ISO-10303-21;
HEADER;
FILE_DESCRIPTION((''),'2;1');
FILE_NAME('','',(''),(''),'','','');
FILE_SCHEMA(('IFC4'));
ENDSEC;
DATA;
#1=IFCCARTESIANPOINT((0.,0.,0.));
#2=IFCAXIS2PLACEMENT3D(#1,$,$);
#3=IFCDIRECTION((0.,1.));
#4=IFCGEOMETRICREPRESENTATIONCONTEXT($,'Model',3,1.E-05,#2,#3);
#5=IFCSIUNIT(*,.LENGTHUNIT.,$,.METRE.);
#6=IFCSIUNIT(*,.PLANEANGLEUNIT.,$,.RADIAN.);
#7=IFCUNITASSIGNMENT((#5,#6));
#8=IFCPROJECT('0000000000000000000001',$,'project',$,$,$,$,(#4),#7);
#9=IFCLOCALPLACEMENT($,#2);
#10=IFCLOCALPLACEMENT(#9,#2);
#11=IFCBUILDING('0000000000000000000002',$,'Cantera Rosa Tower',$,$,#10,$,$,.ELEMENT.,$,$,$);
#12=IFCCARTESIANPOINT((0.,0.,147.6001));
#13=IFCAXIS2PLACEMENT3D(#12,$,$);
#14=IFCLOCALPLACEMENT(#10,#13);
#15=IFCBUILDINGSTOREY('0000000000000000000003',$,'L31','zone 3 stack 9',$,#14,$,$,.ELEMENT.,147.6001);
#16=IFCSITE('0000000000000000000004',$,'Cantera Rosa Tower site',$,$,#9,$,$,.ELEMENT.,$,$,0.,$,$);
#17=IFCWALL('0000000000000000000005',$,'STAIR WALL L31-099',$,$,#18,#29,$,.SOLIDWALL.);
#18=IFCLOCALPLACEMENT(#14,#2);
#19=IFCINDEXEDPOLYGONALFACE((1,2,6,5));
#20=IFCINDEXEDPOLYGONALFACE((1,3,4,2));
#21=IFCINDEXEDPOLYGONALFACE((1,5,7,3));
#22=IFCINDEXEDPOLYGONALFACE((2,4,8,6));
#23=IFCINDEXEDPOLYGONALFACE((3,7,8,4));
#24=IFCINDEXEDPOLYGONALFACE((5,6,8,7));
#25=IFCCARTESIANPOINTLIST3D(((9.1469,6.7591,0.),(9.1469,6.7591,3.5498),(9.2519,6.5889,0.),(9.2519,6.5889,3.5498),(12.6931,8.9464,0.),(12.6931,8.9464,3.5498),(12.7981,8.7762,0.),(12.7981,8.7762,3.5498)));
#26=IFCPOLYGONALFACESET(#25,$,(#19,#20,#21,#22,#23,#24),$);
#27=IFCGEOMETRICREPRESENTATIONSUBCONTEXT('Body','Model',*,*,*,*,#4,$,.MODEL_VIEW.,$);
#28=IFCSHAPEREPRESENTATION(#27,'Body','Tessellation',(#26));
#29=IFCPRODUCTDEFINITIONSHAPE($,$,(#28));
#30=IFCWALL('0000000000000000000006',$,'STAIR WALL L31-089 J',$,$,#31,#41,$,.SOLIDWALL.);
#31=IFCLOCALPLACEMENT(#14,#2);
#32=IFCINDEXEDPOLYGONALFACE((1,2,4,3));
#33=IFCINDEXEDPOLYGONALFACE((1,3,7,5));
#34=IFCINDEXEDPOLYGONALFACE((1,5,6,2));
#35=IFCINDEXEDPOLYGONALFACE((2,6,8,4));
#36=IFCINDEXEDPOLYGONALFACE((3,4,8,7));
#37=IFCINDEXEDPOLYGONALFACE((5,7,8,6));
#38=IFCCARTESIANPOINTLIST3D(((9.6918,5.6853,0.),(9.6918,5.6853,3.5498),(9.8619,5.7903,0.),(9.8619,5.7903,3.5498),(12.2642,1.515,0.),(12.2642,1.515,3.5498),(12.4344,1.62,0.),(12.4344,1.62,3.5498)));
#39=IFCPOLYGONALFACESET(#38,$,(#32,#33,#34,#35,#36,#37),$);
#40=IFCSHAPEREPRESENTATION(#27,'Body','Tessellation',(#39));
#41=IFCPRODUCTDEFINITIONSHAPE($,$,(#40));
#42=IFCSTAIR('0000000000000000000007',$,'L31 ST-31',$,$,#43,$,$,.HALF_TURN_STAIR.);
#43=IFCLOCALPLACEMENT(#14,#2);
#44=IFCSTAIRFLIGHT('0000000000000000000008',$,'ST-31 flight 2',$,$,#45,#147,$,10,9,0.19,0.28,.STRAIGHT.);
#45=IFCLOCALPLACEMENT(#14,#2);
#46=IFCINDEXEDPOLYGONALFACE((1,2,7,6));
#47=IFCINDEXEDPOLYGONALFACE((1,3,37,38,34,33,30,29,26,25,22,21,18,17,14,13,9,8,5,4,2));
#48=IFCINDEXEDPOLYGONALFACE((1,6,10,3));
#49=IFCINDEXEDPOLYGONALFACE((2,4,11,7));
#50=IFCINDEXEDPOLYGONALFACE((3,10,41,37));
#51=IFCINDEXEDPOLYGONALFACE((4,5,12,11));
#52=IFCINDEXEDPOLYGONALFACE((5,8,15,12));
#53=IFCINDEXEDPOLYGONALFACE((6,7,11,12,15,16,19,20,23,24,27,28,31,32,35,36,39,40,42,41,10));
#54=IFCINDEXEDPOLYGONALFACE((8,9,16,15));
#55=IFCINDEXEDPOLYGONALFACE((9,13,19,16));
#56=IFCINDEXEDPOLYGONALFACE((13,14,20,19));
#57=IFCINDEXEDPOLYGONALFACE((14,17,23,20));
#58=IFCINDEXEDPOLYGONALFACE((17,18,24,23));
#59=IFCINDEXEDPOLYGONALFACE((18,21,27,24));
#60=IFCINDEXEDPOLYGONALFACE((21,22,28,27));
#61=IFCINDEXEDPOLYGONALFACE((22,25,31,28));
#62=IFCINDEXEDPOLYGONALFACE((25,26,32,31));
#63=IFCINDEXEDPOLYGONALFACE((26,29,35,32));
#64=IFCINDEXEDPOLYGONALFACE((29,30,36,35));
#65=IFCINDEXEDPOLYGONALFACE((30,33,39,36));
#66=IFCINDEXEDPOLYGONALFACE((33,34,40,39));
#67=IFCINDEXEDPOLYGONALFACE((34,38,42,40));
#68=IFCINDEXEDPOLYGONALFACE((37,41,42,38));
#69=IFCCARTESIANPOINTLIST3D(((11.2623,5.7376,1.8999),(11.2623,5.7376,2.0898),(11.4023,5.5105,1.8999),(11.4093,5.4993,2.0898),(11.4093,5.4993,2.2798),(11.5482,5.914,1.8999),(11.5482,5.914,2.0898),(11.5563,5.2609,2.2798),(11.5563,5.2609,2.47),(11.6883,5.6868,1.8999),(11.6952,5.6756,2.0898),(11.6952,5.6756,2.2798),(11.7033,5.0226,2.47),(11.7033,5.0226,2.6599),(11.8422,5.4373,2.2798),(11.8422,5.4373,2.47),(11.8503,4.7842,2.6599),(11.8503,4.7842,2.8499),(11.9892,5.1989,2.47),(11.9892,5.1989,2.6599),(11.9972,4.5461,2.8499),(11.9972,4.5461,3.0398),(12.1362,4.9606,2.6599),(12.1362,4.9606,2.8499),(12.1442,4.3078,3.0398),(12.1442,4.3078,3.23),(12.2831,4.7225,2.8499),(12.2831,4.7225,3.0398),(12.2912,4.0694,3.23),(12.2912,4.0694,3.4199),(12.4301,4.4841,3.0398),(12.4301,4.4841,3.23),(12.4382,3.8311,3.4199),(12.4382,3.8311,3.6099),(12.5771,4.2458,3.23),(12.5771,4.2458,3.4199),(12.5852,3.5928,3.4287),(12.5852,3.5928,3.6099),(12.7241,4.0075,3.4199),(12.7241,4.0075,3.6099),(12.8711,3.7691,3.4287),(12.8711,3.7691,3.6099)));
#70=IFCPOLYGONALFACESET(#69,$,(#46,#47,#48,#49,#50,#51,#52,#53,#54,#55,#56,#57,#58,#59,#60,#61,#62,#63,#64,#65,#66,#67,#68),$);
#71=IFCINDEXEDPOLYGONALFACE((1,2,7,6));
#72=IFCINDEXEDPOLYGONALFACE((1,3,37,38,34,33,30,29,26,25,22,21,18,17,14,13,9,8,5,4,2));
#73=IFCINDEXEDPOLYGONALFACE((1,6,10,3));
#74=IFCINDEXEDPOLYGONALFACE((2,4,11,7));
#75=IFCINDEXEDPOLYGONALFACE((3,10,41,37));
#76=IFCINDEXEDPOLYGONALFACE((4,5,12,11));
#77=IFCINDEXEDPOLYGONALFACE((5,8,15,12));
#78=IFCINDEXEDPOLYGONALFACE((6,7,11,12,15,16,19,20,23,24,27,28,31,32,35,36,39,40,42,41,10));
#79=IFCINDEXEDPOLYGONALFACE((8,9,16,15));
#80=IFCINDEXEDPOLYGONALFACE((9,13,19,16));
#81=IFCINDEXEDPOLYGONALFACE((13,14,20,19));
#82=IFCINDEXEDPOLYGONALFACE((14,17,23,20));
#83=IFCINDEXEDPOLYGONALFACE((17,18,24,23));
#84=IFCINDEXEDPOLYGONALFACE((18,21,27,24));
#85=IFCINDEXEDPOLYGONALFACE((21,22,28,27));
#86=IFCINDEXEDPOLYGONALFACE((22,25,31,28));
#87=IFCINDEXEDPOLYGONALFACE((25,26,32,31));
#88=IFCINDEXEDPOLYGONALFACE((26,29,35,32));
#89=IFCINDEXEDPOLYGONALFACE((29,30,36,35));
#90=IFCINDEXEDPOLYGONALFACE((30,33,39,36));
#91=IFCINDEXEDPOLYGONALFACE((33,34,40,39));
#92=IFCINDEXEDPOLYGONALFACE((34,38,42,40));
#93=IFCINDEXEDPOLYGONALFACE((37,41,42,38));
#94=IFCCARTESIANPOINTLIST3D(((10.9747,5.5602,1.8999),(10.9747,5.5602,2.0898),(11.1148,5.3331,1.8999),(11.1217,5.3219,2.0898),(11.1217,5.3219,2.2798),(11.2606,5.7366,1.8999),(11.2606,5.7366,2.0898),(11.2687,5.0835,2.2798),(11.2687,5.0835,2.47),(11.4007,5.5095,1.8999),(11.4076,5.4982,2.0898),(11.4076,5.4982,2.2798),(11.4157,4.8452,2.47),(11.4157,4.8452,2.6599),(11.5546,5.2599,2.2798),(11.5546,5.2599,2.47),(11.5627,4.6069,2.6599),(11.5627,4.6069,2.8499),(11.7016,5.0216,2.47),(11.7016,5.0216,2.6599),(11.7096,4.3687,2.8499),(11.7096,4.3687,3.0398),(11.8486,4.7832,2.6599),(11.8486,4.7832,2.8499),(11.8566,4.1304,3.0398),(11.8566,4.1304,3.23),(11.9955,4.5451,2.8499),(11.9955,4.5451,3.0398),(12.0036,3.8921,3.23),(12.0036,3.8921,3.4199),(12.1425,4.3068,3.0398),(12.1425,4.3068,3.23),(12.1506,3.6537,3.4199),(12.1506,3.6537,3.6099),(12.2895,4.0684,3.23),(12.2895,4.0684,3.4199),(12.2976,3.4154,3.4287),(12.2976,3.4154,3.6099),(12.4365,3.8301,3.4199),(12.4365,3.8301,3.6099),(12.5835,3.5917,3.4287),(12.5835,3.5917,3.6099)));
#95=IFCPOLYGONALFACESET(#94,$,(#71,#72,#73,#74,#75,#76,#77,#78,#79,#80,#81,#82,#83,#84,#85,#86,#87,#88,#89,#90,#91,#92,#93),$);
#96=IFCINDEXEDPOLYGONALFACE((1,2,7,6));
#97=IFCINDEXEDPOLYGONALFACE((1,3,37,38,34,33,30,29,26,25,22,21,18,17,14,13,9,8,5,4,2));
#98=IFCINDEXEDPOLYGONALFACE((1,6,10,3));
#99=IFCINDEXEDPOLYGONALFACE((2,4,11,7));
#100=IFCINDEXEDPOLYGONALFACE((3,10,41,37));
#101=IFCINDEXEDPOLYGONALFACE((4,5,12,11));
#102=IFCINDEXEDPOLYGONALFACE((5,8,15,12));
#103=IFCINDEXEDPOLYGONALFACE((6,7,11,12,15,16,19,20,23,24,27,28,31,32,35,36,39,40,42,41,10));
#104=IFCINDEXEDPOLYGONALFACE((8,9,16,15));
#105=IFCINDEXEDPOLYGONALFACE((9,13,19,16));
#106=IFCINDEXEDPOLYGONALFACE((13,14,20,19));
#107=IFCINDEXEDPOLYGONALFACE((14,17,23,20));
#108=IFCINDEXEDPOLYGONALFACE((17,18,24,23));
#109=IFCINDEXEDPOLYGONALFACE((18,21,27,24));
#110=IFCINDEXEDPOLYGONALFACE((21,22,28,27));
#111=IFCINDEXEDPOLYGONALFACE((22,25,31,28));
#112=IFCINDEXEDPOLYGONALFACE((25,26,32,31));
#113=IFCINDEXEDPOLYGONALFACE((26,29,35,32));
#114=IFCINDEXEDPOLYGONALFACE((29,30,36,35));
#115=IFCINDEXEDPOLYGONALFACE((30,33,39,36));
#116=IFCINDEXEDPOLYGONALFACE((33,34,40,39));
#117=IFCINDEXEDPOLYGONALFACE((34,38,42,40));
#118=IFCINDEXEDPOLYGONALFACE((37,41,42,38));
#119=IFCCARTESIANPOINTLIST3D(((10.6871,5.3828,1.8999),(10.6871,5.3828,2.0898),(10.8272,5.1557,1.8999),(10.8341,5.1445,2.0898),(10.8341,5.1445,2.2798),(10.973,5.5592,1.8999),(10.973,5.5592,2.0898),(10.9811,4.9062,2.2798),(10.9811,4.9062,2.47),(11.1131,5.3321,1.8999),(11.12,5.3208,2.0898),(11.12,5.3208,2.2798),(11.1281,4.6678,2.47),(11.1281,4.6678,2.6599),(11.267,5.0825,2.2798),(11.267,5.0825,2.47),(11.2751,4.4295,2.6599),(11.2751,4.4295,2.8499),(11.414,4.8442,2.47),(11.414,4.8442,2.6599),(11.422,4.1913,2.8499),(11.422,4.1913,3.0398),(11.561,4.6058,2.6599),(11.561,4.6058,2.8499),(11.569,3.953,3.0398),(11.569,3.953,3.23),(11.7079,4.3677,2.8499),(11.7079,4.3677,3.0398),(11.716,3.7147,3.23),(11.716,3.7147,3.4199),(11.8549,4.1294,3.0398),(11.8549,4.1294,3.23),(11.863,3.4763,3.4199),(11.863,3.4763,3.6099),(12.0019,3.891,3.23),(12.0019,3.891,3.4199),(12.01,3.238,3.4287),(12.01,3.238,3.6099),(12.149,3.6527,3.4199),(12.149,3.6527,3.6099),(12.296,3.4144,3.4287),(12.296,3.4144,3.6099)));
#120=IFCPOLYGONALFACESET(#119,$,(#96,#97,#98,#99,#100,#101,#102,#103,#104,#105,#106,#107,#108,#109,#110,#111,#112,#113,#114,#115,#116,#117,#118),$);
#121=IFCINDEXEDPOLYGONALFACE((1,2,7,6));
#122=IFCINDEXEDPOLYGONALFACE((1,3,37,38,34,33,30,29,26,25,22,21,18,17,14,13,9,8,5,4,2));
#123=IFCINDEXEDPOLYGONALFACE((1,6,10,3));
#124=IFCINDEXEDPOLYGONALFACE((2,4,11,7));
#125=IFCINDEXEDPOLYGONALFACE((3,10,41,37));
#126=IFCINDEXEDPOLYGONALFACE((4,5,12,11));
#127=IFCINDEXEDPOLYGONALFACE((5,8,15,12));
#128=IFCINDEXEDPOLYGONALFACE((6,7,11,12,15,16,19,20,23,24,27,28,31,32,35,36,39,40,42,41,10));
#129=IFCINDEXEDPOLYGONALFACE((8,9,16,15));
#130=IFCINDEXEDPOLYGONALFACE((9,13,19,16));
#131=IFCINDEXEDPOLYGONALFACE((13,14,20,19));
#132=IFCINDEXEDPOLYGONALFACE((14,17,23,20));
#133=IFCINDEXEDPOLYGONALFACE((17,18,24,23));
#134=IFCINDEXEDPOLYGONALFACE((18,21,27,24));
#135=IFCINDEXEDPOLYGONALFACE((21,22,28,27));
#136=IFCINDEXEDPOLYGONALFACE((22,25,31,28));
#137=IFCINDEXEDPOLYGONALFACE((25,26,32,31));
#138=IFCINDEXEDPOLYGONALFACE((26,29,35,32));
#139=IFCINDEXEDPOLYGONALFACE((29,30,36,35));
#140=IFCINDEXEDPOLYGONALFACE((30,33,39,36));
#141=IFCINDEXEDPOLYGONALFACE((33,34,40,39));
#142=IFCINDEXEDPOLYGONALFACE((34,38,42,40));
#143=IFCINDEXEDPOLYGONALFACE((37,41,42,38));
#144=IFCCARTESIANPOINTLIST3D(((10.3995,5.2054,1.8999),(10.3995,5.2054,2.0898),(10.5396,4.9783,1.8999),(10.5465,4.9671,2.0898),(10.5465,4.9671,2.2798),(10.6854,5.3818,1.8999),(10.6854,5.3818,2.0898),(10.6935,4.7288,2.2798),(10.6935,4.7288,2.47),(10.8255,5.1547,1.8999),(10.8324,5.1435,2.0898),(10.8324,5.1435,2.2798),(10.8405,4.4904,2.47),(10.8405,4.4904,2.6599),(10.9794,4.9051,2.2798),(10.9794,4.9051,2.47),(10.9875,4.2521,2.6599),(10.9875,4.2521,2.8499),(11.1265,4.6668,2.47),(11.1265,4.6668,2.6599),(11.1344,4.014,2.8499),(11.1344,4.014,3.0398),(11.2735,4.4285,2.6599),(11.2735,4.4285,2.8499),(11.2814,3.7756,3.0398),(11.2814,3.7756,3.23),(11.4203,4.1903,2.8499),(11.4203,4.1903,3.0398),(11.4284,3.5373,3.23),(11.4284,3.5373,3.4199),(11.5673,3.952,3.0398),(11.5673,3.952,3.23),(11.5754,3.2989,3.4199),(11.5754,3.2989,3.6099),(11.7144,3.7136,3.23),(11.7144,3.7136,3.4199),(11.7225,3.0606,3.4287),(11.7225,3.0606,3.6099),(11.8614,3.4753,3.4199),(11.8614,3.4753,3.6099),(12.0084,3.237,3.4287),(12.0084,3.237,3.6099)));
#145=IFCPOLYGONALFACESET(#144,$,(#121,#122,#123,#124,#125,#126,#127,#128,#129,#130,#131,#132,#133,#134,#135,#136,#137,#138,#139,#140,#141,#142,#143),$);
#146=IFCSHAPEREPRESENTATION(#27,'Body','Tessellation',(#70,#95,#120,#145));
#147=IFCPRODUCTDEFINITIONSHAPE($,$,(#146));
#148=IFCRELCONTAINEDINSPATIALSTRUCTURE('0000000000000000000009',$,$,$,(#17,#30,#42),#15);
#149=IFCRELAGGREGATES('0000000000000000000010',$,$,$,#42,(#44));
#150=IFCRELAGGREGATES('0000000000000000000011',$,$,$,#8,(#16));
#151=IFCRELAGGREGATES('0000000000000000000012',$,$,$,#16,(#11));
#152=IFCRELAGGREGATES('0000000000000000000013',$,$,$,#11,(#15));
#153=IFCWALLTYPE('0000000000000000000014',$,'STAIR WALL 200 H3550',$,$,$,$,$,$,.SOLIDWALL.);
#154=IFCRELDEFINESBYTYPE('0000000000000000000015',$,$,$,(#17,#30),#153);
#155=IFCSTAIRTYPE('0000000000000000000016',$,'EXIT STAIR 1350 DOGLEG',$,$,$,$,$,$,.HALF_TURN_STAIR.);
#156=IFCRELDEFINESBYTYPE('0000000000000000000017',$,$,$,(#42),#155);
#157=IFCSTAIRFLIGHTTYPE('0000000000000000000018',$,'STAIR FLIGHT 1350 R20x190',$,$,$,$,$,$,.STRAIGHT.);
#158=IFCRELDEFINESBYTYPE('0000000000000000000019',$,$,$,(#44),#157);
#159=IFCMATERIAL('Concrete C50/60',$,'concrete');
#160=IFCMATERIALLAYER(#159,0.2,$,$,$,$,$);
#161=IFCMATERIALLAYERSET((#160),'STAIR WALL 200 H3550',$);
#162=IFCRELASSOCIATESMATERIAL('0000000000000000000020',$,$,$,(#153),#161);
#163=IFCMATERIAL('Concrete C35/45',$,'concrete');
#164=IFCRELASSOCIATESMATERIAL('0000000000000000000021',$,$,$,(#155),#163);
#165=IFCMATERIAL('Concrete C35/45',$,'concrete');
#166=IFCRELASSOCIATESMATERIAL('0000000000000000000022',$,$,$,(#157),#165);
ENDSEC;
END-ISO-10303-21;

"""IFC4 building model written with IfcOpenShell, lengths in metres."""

from ifc_helpers import new_model, si_unit, direction, frame, frame_2d, origin, place, context, subcontext, project, spatial, polyline, rectangle, outline, extrude, material, layer, layer_set, type_object, element, aggregate, save


model = new_model("IFC4")

# Units and contexts
model_context = context("Model", 3, precision=1e-05, world=origin(), true_north=direction((0.0, 1.0)))
body_context = subcontext(model_context, "Body", "Model", "MODEL_VIEW")
ifc_project = project(units=[si_unit("LENGTHUNIT", "METRE"), si_unit("PLANEANGLEUNIT", "RADIAN")], contexts=[model_context])

# Site, building, storey
site_placement = place(None, origin())
site = spatial("IfcSite", under=ifc_project, at=site_placement, Name="Cantera Rosa Tower site", CompositionType="ELEMENT", RefElevation=0.0)
building_placement = place(site_placement, origin())
building = spatial("IfcBuilding", under=site, at=building_placement, Name="Cantera Rosa Tower", CompositionType="ELEMENT")
storey_placement = place(building_placement, frame((0.0, 0.0, 147.6001)))
storey = spatial("IfcBuildingStorey", under=building, at=storey_placement, Name="L31", Description="zone 3 stack 9", CompositionType="ELEMENT", Elevation=147.6001)

# Walls
ifc_material_1 = material(Name="Concrete C50/60", Category="concrete")
ifc_layer_1 = layer(ifc_material_1, 0.2)
ifc_layer_set_1 = layer_set([ifc_layer_1], Name="STAIR WALL 200 H3550")
wall_type_1 = type_object("IfcWallType", Name="STAIR WALL 200 H3550", PredefinedType="SOLIDWALL", material=ifc_layer_set_1)
wall_1_placement = place(storey_placement, frame((12.7456, 8.8613, 0.0), z_axis=(0.0, 0.0, 1.0), x_axis=(-0.851121, -0.52497, 0.0)))
element("IfcWall", 1, at=wall_1_placement, inside=storey, type_object=wall_type_1, Name="STAIR WALL L31-099", PredefinedType="SOLIDWALL", context=body_context, shape_type="SweptSolid", body=[
    extrude(rectangle(XDim=4.1665, YDim=0.2, at=frame_2d((2.0833, 0.0))), origin(), (0.0, 0.0, 1.0), 3.5498),
])
wall_2_placement = place(storey_placement, frame((9.7769, 5.7378, 0.0), z_axis=(0.0, 0.0, 1.0), x_axis=(0.525001, -0.851102, 0.0)))
element("IfcWall", 2, at=wall_2_placement, inside=storey, type_object=wall_type_1, Name="STAIR WALL L31-089 J", PredefinedType="SOLIDWALL", context=body_context, shape_type="SweptSolid", body=[
    extrude(rectangle(XDim=4.8999, YDim=0.2, at=frame_2d((2.45, 0.0))), origin(), (0.0, 0.0, 1.0), 3.5498),
])

# Stair, stair flight
ifc_material_2 = material(Name="Concrete C35/45", Category="concrete")
stair_type = type_object("IfcStairType", Name="EXIT STAIR 1350 DOGLEG", PredefinedType="HALF_TURN_STAIR", material=ifc_material_2)
stair_placement = place(storey_placement, origin())
stair = element("IfcStair", 3, at=stair_placement, inside=storey, type_object=stair_type, Name="L31 ST-31", PredefinedType="HALF_TURN_STAIR")
ifc_material_3 = material(Name="Concrete C35/45", Category="concrete")
stair_flight_type = type_object("IfcStairFlightType", Name="STAIR FLIGHT 1350 R20x190", PredefinedType="STRAIGHT", material=ifc_material_3)
stair_flight_placement = place(storey_placement, frame((10.9736, 5.5596, 1.8999), z_axis=(0.0, 0.0, 1.0), x_axis=(0.524977, -0.851117, 0.0)))
stair_flight = element("IfcStairFlight", 4, at=stair_flight_placement, type_object=stair_flight_type, Name="ST-31 flight 2", NumberOfRisers=10, NumberOfTreads=9, PredefinedType="STRAIGHT", RiserHeight=0.19, TreadLength=0.28, context=body_context, shape_type="SweptSolid", body=[
    extrude(outline(polyline([(0.0, 0.0), (0.0, 0.1899), (0.28, 0.1899), (0.28, 0.3799), (0.5601, 0.3799), (0.5601, 0.5701), (0.8401, 0.5701), (0.8401, 0.76), (1.1201, 0.76), (1.1201, 0.95), (1.3999, 0.95), (1.3999, 1.1399), (1.6799, 1.1399), (1.6799, 1.3301), (1.96, 1.3301), (1.96, 1.52), (2.24, 1.52), (2.24, 1.71), (2.52, 1.71), (2.52, 1.8999), (2.52, 1.5288), (0.2668, 0.0), (0.0, 0.0)])), frame((0.0, 0.675, 0.0), z_axis=(0.0, -1.0, 0.0), x_axis=(1.0, 0.0, 0.0)), (0.0, 0.0, 1.0), 0.3359),
    extrude(outline(polyline([(0.0, 0.0), (0.0, 0.1899), (0.28, 0.1899), (0.28, 0.3799), (0.5601, 0.3799), (0.5601, 0.5701), (0.8401, 0.5701), (0.8401, 0.76), (1.1201, 0.76), (1.1201, 0.95), (1.3999, 0.95), (1.3999, 1.1399), (1.6799, 1.1399), (1.6799, 1.3301), (1.96, 1.3301), (1.96, 1.52), (2.24, 1.52), (2.24, 1.71), (2.52, 1.71), (2.52, 1.8999), (2.52, 1.5288), (0.2668, 0.0), (0.0, 0.0)])), frame((0.0, 0.3372, 0.0), z_axis=(0.0, -1.0, 0.0), x_axis=(1.0, 0.0, 0.0)), (0.0, 0.0, 1.0), 0.3359),
    extrude(outline(polyline([(0.0, 0.0), (0.0, 0.1899), (0.28, 0.1899), (0.28, 0.3799), (0.5601, 0.3799), (0.5601, 0.5701), (0.8401, 0.5701), (0.8401, 0.76), (1.1201, 0.76), (1.1201, 0.95), (1.3999, 0.95), (1.3999, 1.1399), (1.6799, 1.1399), (1.6799, 1.3301), (1.96, 1.3301), (1.96, 1.52), (2.24, 1.52), (2.24, 1.71), (2.52, 1.71), (2.52, 1.8999), (2.52, 1.5288), (0.2668, 0.0), (0.0, 0.0)])), frame((0.0, -0.0007, 0.0), z_axis=(0.0, -1.0, 0.0), x_axis=(1.0, 0.0, 0.0)), (0.0, 0.0, 1.0), 0.3359),
    extrude(outline(polyline([(0.0, 0.0), (0.0, 0.1899), (0.28, 0.1899), (0.28, 0.3799), (0.5601, 0.3799), (0.5601, 0.5701), (0.8401, 0.5701), (0.8401, 0.76), (1.1201, 0.76), (1.1201, 0.95), (1.3999, 0.95), (1.3999, 1.1399), (1.6799, 1.1399), (1.6799, 1.3301), (1.96, 1.3301), (1.96, 1.52), (2.24, 1.52), (2.24, 1.71), (2.52, 1.71), (2.52, 1.8999), (2.52, 1.5288), (0.2668, 0.0), (0.0, 0.0)])), frame((0.0, -0.3386, 0.0), z_axis=(0.0, -1.0, 0.0), x_axis=(1.0, 0.0, 0.0)), (0.0, 0.0, 1.0), 0.3359),
])
aggregate(stair, [stair_flight])

save(model, "model.ifc")
